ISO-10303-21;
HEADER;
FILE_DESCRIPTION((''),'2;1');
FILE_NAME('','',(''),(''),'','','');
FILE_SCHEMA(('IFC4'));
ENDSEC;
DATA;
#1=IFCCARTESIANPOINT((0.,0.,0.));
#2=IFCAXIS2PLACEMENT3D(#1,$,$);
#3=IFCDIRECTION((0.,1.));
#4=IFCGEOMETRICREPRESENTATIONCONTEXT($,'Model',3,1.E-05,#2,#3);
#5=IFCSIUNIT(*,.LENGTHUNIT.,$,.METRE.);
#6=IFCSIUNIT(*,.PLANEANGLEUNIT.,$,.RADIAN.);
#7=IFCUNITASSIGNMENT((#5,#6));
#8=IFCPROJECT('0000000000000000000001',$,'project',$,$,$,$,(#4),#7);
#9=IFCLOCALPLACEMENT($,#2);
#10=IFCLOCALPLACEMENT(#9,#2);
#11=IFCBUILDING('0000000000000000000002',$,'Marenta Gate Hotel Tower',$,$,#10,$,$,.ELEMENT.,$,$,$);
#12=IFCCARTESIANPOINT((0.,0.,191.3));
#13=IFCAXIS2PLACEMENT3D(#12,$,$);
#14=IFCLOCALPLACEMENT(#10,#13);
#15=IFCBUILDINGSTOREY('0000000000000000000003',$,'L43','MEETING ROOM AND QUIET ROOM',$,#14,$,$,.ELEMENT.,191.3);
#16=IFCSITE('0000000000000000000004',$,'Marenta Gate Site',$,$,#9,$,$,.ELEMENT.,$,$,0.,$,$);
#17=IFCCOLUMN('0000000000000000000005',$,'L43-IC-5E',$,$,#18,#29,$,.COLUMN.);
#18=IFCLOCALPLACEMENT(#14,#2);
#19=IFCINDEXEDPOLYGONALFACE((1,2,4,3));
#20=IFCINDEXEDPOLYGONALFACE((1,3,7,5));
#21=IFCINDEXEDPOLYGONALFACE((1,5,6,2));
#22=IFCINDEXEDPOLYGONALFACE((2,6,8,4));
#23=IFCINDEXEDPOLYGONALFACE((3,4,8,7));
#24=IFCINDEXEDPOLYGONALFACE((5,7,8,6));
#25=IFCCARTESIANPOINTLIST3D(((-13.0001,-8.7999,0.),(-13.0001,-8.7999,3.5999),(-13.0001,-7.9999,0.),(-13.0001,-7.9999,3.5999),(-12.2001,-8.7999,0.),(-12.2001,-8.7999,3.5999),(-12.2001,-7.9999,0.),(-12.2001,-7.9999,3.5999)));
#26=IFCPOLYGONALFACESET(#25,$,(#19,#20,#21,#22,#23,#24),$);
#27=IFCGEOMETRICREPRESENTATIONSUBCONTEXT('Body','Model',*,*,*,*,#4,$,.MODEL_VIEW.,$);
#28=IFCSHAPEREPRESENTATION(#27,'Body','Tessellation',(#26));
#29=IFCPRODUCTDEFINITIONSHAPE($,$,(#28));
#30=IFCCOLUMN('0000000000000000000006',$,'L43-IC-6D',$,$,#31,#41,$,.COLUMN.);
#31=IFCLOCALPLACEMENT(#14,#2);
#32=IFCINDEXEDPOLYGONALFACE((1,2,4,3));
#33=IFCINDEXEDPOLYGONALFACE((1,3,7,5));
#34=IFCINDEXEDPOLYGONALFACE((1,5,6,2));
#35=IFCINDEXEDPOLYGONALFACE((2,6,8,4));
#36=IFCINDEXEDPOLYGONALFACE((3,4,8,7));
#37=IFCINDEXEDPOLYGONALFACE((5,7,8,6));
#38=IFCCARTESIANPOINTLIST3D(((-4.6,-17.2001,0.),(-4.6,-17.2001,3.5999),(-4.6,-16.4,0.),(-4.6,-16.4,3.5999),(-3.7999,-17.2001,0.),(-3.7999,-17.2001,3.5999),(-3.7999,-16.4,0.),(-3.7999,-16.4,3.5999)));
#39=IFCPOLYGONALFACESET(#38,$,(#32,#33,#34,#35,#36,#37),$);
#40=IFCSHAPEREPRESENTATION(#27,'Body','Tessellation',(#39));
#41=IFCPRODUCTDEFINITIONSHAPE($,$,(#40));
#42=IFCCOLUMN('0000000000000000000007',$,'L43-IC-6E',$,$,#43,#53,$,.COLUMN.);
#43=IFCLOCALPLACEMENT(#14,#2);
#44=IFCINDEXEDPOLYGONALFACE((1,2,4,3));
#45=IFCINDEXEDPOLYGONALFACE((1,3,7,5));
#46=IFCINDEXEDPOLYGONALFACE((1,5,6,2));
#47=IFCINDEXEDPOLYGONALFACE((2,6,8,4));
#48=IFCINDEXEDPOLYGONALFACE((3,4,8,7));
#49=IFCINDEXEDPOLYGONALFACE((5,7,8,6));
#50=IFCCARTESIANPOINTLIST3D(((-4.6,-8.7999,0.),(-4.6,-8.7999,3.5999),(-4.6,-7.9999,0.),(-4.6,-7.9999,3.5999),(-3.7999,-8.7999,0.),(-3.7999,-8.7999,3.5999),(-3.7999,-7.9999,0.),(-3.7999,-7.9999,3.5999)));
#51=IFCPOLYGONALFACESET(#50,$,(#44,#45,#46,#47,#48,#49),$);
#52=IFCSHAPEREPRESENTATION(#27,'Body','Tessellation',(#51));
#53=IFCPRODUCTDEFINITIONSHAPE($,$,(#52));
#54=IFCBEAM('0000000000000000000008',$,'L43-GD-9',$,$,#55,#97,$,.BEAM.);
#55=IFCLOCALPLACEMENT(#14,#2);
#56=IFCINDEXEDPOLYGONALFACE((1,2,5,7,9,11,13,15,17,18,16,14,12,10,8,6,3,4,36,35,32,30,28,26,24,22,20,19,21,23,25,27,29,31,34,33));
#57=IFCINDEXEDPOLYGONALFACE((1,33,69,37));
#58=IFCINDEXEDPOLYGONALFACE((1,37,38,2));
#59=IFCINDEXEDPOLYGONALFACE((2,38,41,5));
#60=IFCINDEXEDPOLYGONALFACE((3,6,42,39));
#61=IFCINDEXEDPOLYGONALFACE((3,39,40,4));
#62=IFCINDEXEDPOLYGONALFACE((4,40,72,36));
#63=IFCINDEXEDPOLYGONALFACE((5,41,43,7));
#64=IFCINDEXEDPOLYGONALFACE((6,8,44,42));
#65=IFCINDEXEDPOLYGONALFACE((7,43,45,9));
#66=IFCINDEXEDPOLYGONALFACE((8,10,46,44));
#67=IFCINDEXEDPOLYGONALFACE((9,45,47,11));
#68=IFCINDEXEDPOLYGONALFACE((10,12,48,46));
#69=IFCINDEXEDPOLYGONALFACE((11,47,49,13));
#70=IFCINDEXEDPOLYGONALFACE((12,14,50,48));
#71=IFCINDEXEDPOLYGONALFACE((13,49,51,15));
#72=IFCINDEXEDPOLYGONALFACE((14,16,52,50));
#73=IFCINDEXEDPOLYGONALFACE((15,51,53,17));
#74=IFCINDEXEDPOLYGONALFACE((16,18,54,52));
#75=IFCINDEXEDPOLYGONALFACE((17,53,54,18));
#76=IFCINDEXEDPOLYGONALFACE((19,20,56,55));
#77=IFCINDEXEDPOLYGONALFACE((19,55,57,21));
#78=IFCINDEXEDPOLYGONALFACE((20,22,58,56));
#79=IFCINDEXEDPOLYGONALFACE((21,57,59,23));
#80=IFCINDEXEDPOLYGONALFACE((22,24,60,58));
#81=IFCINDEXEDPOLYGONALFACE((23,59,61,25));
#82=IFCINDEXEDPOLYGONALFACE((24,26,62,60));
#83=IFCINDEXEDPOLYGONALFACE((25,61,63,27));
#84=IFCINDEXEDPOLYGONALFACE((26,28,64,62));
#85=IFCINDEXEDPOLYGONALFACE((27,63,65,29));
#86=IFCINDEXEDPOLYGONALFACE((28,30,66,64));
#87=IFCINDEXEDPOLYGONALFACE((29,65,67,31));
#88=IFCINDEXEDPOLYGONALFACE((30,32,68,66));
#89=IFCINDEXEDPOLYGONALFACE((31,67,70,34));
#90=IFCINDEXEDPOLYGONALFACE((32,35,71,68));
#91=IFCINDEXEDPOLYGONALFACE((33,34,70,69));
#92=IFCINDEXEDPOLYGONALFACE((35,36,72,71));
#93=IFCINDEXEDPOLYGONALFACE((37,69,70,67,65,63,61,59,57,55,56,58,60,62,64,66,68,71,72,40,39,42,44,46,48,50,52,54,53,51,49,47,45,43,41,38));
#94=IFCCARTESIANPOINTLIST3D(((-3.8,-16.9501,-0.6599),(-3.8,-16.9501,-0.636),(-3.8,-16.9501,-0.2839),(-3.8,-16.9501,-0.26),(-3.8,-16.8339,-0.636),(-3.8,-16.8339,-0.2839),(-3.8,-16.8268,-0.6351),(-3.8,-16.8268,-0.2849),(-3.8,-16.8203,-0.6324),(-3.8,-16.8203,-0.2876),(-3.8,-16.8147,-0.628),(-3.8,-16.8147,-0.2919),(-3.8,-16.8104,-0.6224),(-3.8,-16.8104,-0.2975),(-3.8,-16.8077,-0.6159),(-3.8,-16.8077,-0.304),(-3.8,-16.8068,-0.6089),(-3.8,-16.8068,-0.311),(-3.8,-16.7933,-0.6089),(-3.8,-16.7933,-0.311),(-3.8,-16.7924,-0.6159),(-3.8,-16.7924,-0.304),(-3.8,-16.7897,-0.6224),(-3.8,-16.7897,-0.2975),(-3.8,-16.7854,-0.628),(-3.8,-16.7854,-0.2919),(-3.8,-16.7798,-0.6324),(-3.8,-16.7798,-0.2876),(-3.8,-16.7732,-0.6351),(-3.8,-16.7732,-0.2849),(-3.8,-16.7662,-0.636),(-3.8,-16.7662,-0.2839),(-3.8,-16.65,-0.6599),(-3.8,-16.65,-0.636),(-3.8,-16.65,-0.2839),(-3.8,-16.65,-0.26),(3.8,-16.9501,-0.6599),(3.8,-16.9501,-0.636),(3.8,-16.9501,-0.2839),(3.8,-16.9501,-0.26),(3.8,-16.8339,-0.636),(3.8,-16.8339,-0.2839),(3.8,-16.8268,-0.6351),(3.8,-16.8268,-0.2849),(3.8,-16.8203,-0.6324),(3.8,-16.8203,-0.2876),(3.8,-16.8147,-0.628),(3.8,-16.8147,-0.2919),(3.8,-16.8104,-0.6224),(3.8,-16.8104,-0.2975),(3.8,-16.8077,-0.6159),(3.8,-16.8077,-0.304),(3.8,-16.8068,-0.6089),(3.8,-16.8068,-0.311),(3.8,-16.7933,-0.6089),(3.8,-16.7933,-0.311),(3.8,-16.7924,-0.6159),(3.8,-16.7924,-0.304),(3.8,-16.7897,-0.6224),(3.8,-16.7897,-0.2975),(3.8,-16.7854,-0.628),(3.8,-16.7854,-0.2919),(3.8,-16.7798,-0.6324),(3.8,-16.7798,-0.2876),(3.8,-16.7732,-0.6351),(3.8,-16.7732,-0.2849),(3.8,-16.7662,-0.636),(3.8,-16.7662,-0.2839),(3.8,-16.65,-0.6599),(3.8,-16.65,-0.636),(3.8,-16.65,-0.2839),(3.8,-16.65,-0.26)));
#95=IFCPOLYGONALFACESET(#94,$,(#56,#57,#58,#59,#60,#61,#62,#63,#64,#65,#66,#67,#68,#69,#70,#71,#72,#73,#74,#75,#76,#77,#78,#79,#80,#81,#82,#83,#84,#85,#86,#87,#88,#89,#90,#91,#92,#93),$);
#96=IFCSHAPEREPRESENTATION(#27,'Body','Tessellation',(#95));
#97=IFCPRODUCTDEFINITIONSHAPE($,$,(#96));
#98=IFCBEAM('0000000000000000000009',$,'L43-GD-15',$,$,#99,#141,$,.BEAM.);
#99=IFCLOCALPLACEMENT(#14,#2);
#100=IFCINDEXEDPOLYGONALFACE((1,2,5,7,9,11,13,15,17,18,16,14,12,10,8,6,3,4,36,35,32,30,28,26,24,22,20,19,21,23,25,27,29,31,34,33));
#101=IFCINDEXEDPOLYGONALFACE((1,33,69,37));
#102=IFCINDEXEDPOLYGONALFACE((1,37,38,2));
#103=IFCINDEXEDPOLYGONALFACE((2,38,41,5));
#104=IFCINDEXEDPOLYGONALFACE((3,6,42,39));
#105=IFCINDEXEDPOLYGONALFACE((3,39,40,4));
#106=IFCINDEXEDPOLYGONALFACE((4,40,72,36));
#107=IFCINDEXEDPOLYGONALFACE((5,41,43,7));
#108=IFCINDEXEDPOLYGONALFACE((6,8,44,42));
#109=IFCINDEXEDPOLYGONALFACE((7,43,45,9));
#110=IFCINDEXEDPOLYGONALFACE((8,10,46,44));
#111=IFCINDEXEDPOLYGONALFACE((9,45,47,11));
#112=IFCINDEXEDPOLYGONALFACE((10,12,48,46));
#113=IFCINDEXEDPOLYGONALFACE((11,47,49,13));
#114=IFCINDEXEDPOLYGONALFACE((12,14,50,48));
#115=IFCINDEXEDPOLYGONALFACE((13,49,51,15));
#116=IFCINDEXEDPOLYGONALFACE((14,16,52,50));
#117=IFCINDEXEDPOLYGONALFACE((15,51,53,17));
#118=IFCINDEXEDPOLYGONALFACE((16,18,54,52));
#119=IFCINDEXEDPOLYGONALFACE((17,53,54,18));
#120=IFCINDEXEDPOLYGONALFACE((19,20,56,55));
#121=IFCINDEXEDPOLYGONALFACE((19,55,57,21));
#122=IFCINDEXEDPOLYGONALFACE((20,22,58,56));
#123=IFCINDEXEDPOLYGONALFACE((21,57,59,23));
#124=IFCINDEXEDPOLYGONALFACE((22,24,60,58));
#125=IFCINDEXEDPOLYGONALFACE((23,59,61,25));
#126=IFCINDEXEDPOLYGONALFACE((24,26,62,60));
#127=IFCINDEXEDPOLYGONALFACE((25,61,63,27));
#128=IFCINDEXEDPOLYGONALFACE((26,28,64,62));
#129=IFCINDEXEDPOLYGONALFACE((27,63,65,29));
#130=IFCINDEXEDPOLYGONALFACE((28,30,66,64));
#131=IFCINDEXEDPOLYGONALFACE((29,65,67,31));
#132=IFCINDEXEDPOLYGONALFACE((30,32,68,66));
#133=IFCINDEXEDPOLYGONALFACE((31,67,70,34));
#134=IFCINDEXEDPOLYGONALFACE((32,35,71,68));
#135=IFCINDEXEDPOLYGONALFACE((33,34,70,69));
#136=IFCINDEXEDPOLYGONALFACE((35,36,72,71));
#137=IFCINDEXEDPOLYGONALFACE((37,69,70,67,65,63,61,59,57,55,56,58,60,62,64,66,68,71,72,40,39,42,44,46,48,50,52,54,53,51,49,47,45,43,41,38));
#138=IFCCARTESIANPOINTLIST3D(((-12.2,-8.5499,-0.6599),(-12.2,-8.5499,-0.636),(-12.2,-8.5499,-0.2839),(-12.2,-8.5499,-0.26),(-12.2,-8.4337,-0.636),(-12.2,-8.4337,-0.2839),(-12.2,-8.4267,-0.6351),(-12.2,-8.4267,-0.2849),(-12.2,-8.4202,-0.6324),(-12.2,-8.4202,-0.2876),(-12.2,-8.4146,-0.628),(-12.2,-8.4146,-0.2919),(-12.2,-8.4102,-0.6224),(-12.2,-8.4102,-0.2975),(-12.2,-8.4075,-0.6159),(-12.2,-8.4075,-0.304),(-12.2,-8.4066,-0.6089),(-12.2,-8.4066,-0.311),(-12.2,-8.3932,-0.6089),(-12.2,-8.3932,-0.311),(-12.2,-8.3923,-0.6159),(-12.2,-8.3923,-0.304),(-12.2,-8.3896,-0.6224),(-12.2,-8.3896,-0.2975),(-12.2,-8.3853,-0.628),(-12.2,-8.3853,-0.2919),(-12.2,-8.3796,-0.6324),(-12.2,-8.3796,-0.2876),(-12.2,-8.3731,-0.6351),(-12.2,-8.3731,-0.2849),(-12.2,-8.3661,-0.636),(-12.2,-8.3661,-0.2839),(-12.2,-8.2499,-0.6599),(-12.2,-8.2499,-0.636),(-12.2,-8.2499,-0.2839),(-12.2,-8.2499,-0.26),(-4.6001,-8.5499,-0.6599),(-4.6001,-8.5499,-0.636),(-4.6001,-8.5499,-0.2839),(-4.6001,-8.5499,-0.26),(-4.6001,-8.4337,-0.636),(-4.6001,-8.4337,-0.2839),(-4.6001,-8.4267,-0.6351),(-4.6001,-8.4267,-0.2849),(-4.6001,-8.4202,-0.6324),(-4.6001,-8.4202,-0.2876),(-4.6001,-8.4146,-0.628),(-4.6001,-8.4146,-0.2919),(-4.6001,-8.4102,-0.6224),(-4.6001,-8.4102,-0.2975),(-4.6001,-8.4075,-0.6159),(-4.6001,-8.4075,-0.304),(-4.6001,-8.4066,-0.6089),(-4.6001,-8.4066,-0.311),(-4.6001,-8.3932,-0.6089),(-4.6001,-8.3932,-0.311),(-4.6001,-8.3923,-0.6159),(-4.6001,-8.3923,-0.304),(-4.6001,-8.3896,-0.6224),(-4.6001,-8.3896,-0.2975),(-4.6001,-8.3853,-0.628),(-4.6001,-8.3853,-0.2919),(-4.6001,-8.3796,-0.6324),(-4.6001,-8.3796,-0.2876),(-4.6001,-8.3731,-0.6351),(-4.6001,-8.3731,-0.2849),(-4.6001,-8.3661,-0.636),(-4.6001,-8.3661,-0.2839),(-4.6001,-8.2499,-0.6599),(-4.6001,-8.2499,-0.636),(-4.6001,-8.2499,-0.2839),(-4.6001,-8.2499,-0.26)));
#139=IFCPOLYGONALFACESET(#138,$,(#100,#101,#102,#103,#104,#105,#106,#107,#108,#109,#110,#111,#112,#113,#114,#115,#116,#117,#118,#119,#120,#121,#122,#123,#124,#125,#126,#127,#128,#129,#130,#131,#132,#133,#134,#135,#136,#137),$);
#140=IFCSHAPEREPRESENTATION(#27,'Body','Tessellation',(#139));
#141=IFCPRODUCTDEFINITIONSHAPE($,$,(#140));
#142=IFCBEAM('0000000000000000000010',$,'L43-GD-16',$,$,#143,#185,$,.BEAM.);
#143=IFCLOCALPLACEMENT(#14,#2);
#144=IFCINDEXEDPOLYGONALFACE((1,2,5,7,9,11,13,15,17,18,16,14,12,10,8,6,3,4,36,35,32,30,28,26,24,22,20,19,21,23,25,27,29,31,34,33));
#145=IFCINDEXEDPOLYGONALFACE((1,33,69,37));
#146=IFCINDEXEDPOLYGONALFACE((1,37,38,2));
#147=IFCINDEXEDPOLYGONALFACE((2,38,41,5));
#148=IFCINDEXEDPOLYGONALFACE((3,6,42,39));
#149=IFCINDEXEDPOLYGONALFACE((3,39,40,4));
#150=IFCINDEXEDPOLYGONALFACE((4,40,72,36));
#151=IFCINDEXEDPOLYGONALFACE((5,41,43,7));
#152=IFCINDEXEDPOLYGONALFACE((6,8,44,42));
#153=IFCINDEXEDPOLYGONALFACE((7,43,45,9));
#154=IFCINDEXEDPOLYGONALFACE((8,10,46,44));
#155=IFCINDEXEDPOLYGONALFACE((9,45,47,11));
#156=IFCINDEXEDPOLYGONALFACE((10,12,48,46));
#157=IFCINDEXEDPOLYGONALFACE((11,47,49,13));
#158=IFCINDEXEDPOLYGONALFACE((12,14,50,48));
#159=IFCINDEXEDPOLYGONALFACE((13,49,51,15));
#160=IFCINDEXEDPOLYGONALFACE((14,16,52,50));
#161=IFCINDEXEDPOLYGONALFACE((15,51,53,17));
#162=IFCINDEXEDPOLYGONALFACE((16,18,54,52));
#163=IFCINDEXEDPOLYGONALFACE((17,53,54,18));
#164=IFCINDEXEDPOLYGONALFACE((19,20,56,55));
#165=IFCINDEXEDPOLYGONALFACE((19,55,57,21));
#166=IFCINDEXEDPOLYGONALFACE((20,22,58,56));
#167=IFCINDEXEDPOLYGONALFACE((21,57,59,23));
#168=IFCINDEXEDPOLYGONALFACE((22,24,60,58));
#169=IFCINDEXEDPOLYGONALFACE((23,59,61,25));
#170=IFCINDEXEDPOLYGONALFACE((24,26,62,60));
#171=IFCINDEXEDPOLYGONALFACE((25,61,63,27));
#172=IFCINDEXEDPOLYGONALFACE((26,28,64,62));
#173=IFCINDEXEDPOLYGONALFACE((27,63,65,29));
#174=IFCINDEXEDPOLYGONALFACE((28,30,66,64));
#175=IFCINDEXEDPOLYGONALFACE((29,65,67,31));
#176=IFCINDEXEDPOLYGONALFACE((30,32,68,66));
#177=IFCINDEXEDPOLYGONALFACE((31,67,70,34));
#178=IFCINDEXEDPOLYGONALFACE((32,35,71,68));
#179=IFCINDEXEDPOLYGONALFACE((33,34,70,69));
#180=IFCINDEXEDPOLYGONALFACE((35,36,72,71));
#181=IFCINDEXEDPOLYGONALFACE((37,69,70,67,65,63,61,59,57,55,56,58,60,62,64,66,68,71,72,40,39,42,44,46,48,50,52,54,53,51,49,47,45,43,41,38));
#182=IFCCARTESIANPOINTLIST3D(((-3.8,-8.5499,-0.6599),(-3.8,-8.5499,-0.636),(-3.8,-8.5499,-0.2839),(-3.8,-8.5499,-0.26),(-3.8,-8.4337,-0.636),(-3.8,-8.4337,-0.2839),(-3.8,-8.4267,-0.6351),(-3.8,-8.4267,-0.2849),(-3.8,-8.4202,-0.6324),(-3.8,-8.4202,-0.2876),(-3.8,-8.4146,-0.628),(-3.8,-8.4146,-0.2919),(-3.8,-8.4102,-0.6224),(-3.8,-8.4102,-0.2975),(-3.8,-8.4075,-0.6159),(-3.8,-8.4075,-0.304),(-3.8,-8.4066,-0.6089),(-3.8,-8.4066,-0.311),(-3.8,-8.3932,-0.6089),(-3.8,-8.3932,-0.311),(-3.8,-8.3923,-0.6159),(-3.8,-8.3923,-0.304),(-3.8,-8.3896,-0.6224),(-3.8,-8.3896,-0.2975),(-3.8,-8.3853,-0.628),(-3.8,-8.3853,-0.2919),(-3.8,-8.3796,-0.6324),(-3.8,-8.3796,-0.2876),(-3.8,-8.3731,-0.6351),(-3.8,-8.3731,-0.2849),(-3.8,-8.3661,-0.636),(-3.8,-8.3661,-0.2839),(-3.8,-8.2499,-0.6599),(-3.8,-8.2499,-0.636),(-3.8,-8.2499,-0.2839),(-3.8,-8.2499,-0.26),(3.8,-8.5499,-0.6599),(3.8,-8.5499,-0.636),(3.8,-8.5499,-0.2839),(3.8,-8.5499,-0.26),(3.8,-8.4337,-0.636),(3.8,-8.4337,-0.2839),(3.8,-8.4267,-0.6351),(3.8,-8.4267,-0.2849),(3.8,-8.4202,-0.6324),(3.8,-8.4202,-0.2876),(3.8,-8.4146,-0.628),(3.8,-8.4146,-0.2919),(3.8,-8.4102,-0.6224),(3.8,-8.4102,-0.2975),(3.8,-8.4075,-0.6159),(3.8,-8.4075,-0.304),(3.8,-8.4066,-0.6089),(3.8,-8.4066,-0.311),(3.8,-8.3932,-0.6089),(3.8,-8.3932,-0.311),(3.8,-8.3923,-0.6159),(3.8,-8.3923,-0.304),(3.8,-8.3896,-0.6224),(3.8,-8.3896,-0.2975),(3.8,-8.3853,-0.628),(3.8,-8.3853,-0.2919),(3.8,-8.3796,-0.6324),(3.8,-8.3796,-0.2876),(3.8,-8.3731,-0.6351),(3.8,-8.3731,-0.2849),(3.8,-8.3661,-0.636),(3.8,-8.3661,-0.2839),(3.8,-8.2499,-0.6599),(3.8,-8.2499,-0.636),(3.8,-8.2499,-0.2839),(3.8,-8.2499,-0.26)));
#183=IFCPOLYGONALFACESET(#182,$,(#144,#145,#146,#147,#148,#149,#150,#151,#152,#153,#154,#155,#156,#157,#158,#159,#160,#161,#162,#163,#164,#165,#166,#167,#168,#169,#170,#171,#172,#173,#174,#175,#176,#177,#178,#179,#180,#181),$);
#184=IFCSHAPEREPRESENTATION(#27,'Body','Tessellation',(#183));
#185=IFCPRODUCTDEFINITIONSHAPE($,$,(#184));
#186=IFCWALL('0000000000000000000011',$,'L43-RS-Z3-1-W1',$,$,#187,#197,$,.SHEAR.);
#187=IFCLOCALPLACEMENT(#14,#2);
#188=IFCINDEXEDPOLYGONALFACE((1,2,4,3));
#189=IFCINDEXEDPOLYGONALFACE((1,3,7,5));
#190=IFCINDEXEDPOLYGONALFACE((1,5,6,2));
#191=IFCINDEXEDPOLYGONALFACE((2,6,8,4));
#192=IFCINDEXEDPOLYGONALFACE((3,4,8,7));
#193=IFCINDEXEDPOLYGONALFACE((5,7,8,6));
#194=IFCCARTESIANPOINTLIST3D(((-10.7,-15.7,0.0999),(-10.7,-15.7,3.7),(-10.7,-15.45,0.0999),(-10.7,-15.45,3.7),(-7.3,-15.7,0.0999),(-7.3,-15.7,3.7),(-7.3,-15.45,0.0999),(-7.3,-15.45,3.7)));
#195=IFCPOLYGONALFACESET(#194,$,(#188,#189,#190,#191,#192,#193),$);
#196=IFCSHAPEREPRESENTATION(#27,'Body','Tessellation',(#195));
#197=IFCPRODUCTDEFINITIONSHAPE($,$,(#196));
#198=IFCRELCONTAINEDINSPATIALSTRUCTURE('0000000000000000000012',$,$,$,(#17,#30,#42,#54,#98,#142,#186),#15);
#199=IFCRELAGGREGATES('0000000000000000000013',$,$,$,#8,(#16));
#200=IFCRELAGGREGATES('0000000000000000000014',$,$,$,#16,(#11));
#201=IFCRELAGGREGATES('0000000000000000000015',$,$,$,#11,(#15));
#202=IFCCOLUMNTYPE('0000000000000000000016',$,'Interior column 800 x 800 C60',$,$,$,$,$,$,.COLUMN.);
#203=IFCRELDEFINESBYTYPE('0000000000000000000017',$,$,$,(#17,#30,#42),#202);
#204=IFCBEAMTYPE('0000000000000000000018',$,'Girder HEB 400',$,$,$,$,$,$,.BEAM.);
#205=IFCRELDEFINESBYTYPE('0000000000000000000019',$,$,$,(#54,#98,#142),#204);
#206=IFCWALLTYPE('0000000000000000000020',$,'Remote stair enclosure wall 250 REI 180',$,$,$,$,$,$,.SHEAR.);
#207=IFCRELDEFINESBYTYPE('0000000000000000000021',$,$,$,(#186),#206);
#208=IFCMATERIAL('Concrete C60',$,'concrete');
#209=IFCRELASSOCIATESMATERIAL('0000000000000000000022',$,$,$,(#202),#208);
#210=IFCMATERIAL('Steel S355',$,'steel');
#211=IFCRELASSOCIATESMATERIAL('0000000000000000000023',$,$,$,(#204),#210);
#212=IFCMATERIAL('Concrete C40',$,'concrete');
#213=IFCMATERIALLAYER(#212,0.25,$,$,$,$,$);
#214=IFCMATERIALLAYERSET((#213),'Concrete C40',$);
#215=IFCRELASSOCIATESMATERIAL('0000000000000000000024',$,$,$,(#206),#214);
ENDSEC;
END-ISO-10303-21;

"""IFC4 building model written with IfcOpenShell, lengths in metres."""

from ifc_helpers import new_model, si_unit, direction, frame, frame_2d, origin, origin_2d, place, context, subcontext, project, spatial, rectangle, i_section, extrude, material, layer, layer_set, material_profile, profile_set, type_object, element, save


model = new_model("IFC4")

# Units and contexts
model_context = context("Model", 3, precision=1e-05, world=origin(), true_north=direction((0.0, 1.0)))
body_context = subcontext(model_context, "Body", "Model", "MODEL_VIEW")
ifc_project = project(units=[si_unit("LENGTHUNIT", "METRE"), si_unit("PLANEANGLEUNIT", "RADIAN")], contexts=[model_context])

# Site, building, storey
site_placement = place(None, origin())
site = spatial("IfcSite", under=ifc_project, at=site_placement, Name="Marenta Gate Site", CompositionType="ELEMENT", RefElevation=0.0)
building_placement = place(site_placement, origin())
building = spatial("IfcBuilding", under=site, at=building_placement, Name="Marenta Gate Hotel Tower", CompositionType="ELEMENT")
storey_placement = place(building_placement, frame((0.0, 0.0, 191.3)))
storey = spatial("IfcBuildingStorey", under=building, at=storey_placement, Name="L43", Description="MEETING ROOM AND QUIET ROOM", CompositionType="ELEMENT", Elevation=191.3)

# Columns
ifc_material_1 = material(Name="Concrete C60", Category="concrete")
ifc_material_profile_1 = material_profile(ifc_material_1, rectangle(XDim=0.8, YDim=0.8, at=origin_2d()), Name="800 x 800")
ifc_profile_set_1 = profile_set([ifc_material_profile_1], Name="Concrete C60")
column_type = type_object("IfcColumnType", Name="Interior column 800 x 800 C60", PredefinedType="COLUMN", material=ifc_profile_set_1)
for number, where, z_axis, x_axis, name in (
    (1, (-12.6001, -8.3999, 0.0), (0.0, 0.0, 1.0), (1.0, 0.0, 0.0), "L43-IC-5E"),
    (2, (-4.2, -16.8, 0.0), (0.0, 0.0, 1.0), (1.0, 0.0, 0.0), "L43-IC-6D"),
    (3, (-4.2, -8.3999, 0.0), (0.0, 0.0, 1.0), (1.0, 0.0, 0.0), "L43-IC-6E"),
):
    element("IfcColumn", number, at=place(storey_placement, frame(where, z_axis=z_axis, x_axis=x_axis)), inside=storey, type_object=column_type, Name=name, PredefinedType="COLUMN", context=body_context, shape_type="SweptSolid", body=[
        extrude(rectangle(XDim=0.8, YDim=0.8, at=origin_2d()), origin(), (0.0, 0.0, 1.0), 3.5999),
    ])

# Beams
ifc_material_2 = material(Name="Steel S355", Category="steel")
ifc_material_profile_2 = material_profile(ifc_material_2, i_section(OverallWidth=0.3, OverallDepth=0.3999, WebThickness=0.0134, FlangeThickness=0.0239, FilletRadius=0.0271, at=origin_2d()), Name="HEB 400")
ifc_profile_set_2 = profile_set([ifc_material_profile_2], Name="Steel S355")
beam_type = type_object("IfcBeamType", Name="Girder HEB 400", PredefinedType="BEAM", material=ifc_profile_set_2)
beam_1_placement = place(storey_placement, frame((-3.8, -16.8, -0.46), z_axis=(1.0, 0.0, 0.0), x_axis=(0.0, 1.0, 0.0)))
element("IfcBeam", 4, at=beam_1_placement, inside=storey, type_object=beam_type, Name="L43-GD-9", PredefinedType="BEAM", context=body_context, shape_type="SweptSolid", body=[
    extrude(i_section(OverallWidth=0.3, OverallDepth=0.3999, WebThickness=0.0134, FlangeThickness=0.0239, FilletRadius=0.0271, at=origin_2d()), origin(), (0.0, 0.0, 1.0), 7.6001),
])
beam_2_placement = place(storey_placement, frame((-12.2, -8.3999, -0.46), z_axis=(1.0, 0.0, 0.0), x_axis=(0.0, 1.0, 0.0)))
element("IfcBeam", 5, at=beam_2_placement, inside=storey, type_object=beam_type, Name="L43-GD-15", PredefinedType="BEAM", context=body_context, shape_type="SweptSolid", body=[
    extrude(i_section(OverallWidth=0.3, OverallDepth=0.3999, WebThickness=0.0134, FlangeThickness=0.0239, FilletRadius=0.0271, at=origin_2d()), origin(), (0.0, 0.0, 1.0), 7.5999),
])
beam_3_placement = place(storey_placement, frame((-3.8, -8.3999, -0.46), z_axis=(1.0, 0.0, 0.0), x_axis=(0.0, 1.0, 0.0)))
element("IfcBeam", 6, at=beam_3_placement, inside=storey, type_object=beam_type, Name="L43-GD-16", PredefinedType="BEAM", context=body_context, shape_type="SweptSolid", body=[
    extrude(i_section(OverallWidth=0.3, OverallDepth=0.3999, WebThickness=0.0134, FlangeThickness=0.0239, FilletRadius=0.0271, at=origin_2d()), origin(), (0.0, 0.0, 1.0), 7.6001),
])

# Wall
ifc_material_3 = material(Name="Concrete C40", Category="concrete")
ifc_layer_1 = layer(ifc_material_3, 0.25)
ifc_layer_set_1 = layer_set([ifc_layer_1], Name="Concrete C40")
wall_type_1 = type_object("IfcWallType", Name="Remote stair enclosure wall 250 REI 180", PredefinedType="SHEAR", material=ifc_layer_set_1)
wall_1_placement = place(storey_placement, frame((-10.7, -15.575, 0.0999), z_axis=(0.0, 0.0, 1.0), x_axis=(1.0, 0.0, 0.0)))
element("IfcWall", 7, at=wall_1_placement, inside=storey, type_object=wall_type_1, Name="L43-RS-Z3-1-W1", PredefinedType="SHEAR", context=body_context, shape_type="SweptSolid", body=[
    extrude(rectangle(XDim=3.3999, YDim=0.25, at=frame_2d((1.7, 0.0))), origin(), (0.0, 0.0, 1.0), 3.6001),
])

save(model, "model.ifc")
